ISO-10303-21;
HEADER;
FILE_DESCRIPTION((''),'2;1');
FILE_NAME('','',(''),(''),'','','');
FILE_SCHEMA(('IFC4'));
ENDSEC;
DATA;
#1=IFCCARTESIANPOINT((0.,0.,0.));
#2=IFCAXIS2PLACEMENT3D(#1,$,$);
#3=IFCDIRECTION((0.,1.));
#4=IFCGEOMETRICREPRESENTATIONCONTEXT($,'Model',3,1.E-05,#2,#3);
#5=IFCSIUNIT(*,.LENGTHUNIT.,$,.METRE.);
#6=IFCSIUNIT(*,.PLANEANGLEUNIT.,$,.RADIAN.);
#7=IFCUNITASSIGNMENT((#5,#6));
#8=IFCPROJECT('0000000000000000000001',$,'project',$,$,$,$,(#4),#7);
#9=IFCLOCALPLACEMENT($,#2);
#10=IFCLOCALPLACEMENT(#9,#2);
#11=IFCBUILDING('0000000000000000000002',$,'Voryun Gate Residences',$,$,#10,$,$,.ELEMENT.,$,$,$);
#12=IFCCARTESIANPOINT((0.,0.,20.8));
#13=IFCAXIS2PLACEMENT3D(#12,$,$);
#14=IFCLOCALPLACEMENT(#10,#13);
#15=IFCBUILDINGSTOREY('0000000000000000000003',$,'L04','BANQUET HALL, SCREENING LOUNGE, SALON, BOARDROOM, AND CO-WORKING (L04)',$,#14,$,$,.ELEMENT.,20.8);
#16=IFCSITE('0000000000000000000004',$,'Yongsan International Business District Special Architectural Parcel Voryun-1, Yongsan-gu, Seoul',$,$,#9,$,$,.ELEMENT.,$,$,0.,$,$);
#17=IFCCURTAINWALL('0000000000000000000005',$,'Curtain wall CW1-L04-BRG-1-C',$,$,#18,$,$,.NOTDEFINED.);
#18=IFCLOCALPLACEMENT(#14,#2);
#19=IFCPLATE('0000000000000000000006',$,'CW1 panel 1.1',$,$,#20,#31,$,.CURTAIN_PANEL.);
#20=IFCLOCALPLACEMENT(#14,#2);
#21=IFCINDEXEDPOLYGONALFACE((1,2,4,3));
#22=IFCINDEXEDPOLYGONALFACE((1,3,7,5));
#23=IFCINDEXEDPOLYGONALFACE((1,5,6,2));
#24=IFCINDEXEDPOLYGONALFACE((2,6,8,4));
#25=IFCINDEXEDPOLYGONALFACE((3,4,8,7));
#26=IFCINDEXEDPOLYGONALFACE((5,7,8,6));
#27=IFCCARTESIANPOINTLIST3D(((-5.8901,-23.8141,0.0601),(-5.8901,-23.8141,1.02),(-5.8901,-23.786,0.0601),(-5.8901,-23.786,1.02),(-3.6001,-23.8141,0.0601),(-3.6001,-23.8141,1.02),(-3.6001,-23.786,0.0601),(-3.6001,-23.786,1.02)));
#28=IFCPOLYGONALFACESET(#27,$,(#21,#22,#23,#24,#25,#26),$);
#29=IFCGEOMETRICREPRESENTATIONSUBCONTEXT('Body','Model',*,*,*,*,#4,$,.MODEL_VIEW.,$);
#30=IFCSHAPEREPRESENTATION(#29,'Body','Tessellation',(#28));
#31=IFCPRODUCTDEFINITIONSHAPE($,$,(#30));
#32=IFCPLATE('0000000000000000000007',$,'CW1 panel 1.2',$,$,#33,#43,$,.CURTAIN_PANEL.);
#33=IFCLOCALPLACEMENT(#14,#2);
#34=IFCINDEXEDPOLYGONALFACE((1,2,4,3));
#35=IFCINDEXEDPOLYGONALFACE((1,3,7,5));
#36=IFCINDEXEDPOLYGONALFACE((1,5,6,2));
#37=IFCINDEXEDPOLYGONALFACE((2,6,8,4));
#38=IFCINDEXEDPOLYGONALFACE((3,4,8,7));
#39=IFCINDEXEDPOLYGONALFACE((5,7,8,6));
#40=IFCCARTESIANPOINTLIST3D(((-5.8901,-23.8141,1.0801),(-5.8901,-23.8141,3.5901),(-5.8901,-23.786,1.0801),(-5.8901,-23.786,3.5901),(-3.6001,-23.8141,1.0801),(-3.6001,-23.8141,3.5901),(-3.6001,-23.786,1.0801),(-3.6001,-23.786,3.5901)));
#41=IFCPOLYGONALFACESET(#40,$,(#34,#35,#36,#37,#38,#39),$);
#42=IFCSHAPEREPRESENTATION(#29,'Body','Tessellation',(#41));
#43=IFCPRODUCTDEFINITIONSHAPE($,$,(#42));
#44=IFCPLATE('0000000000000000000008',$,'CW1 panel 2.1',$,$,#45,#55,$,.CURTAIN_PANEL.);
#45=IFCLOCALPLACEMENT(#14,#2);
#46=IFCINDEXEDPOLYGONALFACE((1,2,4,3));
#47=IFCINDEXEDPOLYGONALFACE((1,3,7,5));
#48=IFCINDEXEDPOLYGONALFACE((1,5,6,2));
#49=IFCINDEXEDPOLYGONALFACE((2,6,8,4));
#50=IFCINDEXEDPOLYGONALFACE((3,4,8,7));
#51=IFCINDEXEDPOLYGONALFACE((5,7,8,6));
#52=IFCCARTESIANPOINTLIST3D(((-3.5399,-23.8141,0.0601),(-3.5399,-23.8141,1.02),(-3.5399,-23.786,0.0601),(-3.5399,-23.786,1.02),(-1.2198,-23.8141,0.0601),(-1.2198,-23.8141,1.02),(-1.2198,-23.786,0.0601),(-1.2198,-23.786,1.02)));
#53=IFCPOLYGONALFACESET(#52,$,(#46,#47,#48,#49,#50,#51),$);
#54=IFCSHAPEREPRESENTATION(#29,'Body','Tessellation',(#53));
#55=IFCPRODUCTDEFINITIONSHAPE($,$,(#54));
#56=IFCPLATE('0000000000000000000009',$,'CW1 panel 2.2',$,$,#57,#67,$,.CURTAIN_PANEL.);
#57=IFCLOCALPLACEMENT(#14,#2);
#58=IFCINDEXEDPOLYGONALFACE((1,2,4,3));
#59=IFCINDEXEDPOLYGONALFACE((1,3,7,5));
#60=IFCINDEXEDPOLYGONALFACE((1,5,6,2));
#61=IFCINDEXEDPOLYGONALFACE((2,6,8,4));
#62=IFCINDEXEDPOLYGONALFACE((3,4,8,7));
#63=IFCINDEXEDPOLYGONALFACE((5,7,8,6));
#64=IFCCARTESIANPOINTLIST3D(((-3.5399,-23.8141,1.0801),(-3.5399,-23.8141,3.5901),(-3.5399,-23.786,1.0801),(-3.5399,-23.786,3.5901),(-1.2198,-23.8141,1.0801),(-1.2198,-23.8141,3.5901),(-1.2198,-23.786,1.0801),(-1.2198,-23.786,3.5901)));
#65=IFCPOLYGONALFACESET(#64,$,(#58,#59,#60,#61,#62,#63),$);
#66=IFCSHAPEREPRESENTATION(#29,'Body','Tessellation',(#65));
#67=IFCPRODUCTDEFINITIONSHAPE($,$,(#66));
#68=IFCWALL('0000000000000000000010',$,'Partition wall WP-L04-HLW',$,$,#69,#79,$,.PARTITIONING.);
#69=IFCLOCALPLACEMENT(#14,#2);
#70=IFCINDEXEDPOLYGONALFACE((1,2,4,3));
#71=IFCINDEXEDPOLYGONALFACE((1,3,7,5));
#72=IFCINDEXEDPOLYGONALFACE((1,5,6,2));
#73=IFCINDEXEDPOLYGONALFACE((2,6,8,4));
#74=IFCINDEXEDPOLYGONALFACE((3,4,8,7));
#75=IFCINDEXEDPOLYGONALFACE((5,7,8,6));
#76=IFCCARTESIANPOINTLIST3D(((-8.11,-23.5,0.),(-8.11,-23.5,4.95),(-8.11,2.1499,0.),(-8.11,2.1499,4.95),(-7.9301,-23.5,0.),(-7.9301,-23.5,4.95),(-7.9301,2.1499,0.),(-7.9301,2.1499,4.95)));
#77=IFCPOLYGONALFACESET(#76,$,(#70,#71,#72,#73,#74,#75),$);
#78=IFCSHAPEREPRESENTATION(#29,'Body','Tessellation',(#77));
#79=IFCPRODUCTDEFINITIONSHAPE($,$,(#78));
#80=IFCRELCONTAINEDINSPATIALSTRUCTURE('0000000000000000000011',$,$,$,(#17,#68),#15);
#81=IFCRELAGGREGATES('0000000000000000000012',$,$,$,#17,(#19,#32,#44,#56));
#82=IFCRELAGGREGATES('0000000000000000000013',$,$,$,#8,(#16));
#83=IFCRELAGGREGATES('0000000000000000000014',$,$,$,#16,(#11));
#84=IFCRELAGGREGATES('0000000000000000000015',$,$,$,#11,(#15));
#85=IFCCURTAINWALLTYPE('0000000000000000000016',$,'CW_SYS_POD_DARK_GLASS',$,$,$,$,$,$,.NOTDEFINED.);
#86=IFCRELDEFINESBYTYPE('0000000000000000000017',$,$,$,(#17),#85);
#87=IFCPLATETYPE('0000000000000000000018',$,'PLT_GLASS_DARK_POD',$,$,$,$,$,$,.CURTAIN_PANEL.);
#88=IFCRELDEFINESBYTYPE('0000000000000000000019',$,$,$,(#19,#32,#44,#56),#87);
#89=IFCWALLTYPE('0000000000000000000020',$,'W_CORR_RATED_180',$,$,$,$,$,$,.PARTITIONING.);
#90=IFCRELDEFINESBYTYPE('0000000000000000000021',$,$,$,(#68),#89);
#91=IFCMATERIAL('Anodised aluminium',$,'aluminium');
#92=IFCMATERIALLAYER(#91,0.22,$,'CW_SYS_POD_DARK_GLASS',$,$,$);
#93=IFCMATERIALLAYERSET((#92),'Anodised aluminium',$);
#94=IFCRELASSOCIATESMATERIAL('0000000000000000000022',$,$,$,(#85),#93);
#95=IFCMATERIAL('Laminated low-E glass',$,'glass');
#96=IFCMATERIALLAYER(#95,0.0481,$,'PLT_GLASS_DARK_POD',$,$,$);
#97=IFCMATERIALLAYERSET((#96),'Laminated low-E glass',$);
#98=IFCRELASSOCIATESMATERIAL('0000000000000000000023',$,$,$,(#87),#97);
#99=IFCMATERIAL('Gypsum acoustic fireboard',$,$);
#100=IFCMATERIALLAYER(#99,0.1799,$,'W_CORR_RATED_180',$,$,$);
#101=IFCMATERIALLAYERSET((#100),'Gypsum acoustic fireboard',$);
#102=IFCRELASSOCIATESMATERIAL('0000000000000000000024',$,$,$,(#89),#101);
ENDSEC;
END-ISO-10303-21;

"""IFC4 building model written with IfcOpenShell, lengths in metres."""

from ifc_helpers import new_model, si_unit, direction, frame, frame_2d, origin, origin_2d, place, context, subcontext, project, spatial, rectangle, extrude, material, layer, layer_set, type_object, element, aggregate, save


model = new_model("IFC4")

# Units and contexts
model_context = context("Model", 3, precision=1e-05, world=origin(), true_north=direction((0.0, 1.0)))
body_context = subcontext(model_context, "Body", "Model", "MODEL_VIEW")
ifc_project = project(units=[si_unit("LENGTHUNIT", "METRE"), si_unit("PLANEANGLEUNIT", "RADIAN")], contexts=[model_context])

# Site, building, storey
site_placement = place(None, origin())
site = spatial("IfcSite", under=ifc_project, at=site_placement, Name="Yongsan International Business District Special Architectural Parcel Voryun-1, Yongsan-gu, Seoul", CompositionType="ELEMENT", RefElevation=0.0)
building_placement = place(site_placement, origin())
building = spatial("IfcBuilding", under=site, at=building_placement, Name="Voryun Gate Residences", CompositionType="ELEMENT")
storey_placement = place(building_placement, frame((0.0, 0.0, 20.8)))
storey = spatial("IfcBuildingStorey", under=building, at=storey_placement, Name="L04", Description="BANQUET HALL, SCREENING LOUNGE, SALON, BOARDROOM, AND CO-WORKING (L04)", CompositionType="ELEMENT", Elevation=20.8)

# Curtain wall
ifc_material_1 = material(Name="Anodised aluminium", Category="aluminium")
ifc_layer_1 = layer(ifc_material_1, 0.22, Name="CW_SYS_POD_DARK_GLASS")
ifc_layer_set_1 = layer_set([ifc_layer_1], Name="Anodised aluminium")
curtain_wall_type = type_object("IfcCurtainWallType", Name="CW_SYS_POD_DARK_GLASS", PredefinedType="NOTDEFINED", material=ifc_layer_set_1)
curtain_wall_1_placement = place(storey_placement, origin())
curtain_wall_1 = element("IfcCurtainWall", 1, at=curtain_wall_1_placement, inside=storey, type_object=curtain_wall_type, Name="Curtain wall CW1-L04-BRG-1-C", PredefinedType="NOTDEFINED")

# Plates
ifc_material_2 = material(Name="Laminated low-E glass", Category="glass")
ifc_layer_2 = layer(ifc_material_2, 0.0481, Name="PLT_GLASS_DARK_POD")
ifc_layer_set_2 = layer_set([ifc_layer_2], Name="Laminated low-E glass")
plate_type = type_object("IfcPlateType", Name="PLT_GLASS_DARK_POD", PredefinedType="CURTAIN_PANEL", material=ifc_layer_set_2)
plate_1_placement = place(storey_placement, frame((-4.7451, -23.8, 0.0601), z_axis=(0.0, 0.0, 1.0), x_axis=(1.0, 0.0, 0.0)))
plate_1 = element("IfcPlate", 2, at=plate_1_placement, type_object=plate_type, Name="CW1 panel 1.1", PredefinedType="CURTAIN_PANEL", context=body_context, shape_type="SweptSolid", body=[
    extrude(rectangle(XDim=2.29, YDim=0.0281, at=origin_2d()), origin(), (0.0, 0.0, 1.0), 0.96),
])
plate_2_placement = place(storey_placement, frame((-4.7451, -23.8, 1.0801), z_axis=(0.0, 0.0, 1.0), x_axis=(1.0, 0.0, 0.0)))
plate_2 = element("IfcPlate", 3, at=plate_2_placement, type_object=plate_type, Name="CW1 panel 1.2", PredefinedType="CURTAIN_PANEL", context=body_context, shape_type="SweptSolid", body=[
    extrude(rectangle(XDim=2.29, YDim=0.0281, at=origin_2d()), origin(), (0.0, 0.0, 1.0), 2.51),
])
plate_3_placement = place(storey_placement, frame((-2.3799, -23.8, 0.0601), z_axis=(0.0, 0.0, 1.0), x_axis=(1.0, 0.0, 0.0)))
plate_3 = element("IfcPlate", 4, at=plate_3_placement, type_object=plate_type, Name="CW1 panel 2.1", PredefinedType="CURTAIN_PANEL", context=body_context, shape_type="SweptSolid", body=[
    extrude(rectangle(XDim=2.3201, YDim=0.0281, at=origin_2d()), origin(), (0.0, 0.0, 1.0), 0.96),
])
plate_4_placement = place(storey_placement, frame((-2.3799, -23.8, 1.0801), z_axis=(0.0, 0.0, 1.0), x_axis=(1.0, 0.0, 0.0)))
plate_4 = element("IfcPlate", 5, at=plate_4_placement, type_object=plate_type, Name="CW1 panel 2.2", PredefinedType="CURTAIN_PANEL", context=body_context, shape_type="SweptSolid", body=[
    extrude(rectangle(XDim=2.3201, YDim=0.0281, at=origin_2d()), origin(), (0.0, 0.0, 1.0), 2.51),
])
aggregate(curtain_wall_1, [plate_1, plate_2, plate_3, plate_4])

# Wall
ifc_material_3 = material(Name="Gypsum acoustic fireboard")
ifc_layer_3 = layer(ifc_material_3, 0.1799, Name="W_CORR_RATED_180")
ifc_layer_set_3 = layer_set([ifc_layer_3], Name="Gypsum acoustic fireboard")
wall_type = type_object("IfcWallType", Name="W_CORR_RATED_180", PredefinedType="PARTITIONING", material=ifc_layer_set_3)
wall_placement = place(storey_placement, frame((-8.02, -23.5, 0.0), z_axis=(0.0, 0.0, 1.0), x_axis=(0.0, 1.0, 0.0)))
element("IfcWall", 6, at=wall_placement, inside=storey, type_object=wall_type, Name="Partition wall WP-L04-HLW", PredefinedType="PARTITIONING", context=body_context, shape_type="SweptSolid", body=[
    extrude(rectangle(XDim=25.6499, YDim=0.1799, at=frame_2d((12.825, 0.0))), origin(), (0.0, 0.0, 1.0), 4.95),
])

save(model, "model.ifc")
